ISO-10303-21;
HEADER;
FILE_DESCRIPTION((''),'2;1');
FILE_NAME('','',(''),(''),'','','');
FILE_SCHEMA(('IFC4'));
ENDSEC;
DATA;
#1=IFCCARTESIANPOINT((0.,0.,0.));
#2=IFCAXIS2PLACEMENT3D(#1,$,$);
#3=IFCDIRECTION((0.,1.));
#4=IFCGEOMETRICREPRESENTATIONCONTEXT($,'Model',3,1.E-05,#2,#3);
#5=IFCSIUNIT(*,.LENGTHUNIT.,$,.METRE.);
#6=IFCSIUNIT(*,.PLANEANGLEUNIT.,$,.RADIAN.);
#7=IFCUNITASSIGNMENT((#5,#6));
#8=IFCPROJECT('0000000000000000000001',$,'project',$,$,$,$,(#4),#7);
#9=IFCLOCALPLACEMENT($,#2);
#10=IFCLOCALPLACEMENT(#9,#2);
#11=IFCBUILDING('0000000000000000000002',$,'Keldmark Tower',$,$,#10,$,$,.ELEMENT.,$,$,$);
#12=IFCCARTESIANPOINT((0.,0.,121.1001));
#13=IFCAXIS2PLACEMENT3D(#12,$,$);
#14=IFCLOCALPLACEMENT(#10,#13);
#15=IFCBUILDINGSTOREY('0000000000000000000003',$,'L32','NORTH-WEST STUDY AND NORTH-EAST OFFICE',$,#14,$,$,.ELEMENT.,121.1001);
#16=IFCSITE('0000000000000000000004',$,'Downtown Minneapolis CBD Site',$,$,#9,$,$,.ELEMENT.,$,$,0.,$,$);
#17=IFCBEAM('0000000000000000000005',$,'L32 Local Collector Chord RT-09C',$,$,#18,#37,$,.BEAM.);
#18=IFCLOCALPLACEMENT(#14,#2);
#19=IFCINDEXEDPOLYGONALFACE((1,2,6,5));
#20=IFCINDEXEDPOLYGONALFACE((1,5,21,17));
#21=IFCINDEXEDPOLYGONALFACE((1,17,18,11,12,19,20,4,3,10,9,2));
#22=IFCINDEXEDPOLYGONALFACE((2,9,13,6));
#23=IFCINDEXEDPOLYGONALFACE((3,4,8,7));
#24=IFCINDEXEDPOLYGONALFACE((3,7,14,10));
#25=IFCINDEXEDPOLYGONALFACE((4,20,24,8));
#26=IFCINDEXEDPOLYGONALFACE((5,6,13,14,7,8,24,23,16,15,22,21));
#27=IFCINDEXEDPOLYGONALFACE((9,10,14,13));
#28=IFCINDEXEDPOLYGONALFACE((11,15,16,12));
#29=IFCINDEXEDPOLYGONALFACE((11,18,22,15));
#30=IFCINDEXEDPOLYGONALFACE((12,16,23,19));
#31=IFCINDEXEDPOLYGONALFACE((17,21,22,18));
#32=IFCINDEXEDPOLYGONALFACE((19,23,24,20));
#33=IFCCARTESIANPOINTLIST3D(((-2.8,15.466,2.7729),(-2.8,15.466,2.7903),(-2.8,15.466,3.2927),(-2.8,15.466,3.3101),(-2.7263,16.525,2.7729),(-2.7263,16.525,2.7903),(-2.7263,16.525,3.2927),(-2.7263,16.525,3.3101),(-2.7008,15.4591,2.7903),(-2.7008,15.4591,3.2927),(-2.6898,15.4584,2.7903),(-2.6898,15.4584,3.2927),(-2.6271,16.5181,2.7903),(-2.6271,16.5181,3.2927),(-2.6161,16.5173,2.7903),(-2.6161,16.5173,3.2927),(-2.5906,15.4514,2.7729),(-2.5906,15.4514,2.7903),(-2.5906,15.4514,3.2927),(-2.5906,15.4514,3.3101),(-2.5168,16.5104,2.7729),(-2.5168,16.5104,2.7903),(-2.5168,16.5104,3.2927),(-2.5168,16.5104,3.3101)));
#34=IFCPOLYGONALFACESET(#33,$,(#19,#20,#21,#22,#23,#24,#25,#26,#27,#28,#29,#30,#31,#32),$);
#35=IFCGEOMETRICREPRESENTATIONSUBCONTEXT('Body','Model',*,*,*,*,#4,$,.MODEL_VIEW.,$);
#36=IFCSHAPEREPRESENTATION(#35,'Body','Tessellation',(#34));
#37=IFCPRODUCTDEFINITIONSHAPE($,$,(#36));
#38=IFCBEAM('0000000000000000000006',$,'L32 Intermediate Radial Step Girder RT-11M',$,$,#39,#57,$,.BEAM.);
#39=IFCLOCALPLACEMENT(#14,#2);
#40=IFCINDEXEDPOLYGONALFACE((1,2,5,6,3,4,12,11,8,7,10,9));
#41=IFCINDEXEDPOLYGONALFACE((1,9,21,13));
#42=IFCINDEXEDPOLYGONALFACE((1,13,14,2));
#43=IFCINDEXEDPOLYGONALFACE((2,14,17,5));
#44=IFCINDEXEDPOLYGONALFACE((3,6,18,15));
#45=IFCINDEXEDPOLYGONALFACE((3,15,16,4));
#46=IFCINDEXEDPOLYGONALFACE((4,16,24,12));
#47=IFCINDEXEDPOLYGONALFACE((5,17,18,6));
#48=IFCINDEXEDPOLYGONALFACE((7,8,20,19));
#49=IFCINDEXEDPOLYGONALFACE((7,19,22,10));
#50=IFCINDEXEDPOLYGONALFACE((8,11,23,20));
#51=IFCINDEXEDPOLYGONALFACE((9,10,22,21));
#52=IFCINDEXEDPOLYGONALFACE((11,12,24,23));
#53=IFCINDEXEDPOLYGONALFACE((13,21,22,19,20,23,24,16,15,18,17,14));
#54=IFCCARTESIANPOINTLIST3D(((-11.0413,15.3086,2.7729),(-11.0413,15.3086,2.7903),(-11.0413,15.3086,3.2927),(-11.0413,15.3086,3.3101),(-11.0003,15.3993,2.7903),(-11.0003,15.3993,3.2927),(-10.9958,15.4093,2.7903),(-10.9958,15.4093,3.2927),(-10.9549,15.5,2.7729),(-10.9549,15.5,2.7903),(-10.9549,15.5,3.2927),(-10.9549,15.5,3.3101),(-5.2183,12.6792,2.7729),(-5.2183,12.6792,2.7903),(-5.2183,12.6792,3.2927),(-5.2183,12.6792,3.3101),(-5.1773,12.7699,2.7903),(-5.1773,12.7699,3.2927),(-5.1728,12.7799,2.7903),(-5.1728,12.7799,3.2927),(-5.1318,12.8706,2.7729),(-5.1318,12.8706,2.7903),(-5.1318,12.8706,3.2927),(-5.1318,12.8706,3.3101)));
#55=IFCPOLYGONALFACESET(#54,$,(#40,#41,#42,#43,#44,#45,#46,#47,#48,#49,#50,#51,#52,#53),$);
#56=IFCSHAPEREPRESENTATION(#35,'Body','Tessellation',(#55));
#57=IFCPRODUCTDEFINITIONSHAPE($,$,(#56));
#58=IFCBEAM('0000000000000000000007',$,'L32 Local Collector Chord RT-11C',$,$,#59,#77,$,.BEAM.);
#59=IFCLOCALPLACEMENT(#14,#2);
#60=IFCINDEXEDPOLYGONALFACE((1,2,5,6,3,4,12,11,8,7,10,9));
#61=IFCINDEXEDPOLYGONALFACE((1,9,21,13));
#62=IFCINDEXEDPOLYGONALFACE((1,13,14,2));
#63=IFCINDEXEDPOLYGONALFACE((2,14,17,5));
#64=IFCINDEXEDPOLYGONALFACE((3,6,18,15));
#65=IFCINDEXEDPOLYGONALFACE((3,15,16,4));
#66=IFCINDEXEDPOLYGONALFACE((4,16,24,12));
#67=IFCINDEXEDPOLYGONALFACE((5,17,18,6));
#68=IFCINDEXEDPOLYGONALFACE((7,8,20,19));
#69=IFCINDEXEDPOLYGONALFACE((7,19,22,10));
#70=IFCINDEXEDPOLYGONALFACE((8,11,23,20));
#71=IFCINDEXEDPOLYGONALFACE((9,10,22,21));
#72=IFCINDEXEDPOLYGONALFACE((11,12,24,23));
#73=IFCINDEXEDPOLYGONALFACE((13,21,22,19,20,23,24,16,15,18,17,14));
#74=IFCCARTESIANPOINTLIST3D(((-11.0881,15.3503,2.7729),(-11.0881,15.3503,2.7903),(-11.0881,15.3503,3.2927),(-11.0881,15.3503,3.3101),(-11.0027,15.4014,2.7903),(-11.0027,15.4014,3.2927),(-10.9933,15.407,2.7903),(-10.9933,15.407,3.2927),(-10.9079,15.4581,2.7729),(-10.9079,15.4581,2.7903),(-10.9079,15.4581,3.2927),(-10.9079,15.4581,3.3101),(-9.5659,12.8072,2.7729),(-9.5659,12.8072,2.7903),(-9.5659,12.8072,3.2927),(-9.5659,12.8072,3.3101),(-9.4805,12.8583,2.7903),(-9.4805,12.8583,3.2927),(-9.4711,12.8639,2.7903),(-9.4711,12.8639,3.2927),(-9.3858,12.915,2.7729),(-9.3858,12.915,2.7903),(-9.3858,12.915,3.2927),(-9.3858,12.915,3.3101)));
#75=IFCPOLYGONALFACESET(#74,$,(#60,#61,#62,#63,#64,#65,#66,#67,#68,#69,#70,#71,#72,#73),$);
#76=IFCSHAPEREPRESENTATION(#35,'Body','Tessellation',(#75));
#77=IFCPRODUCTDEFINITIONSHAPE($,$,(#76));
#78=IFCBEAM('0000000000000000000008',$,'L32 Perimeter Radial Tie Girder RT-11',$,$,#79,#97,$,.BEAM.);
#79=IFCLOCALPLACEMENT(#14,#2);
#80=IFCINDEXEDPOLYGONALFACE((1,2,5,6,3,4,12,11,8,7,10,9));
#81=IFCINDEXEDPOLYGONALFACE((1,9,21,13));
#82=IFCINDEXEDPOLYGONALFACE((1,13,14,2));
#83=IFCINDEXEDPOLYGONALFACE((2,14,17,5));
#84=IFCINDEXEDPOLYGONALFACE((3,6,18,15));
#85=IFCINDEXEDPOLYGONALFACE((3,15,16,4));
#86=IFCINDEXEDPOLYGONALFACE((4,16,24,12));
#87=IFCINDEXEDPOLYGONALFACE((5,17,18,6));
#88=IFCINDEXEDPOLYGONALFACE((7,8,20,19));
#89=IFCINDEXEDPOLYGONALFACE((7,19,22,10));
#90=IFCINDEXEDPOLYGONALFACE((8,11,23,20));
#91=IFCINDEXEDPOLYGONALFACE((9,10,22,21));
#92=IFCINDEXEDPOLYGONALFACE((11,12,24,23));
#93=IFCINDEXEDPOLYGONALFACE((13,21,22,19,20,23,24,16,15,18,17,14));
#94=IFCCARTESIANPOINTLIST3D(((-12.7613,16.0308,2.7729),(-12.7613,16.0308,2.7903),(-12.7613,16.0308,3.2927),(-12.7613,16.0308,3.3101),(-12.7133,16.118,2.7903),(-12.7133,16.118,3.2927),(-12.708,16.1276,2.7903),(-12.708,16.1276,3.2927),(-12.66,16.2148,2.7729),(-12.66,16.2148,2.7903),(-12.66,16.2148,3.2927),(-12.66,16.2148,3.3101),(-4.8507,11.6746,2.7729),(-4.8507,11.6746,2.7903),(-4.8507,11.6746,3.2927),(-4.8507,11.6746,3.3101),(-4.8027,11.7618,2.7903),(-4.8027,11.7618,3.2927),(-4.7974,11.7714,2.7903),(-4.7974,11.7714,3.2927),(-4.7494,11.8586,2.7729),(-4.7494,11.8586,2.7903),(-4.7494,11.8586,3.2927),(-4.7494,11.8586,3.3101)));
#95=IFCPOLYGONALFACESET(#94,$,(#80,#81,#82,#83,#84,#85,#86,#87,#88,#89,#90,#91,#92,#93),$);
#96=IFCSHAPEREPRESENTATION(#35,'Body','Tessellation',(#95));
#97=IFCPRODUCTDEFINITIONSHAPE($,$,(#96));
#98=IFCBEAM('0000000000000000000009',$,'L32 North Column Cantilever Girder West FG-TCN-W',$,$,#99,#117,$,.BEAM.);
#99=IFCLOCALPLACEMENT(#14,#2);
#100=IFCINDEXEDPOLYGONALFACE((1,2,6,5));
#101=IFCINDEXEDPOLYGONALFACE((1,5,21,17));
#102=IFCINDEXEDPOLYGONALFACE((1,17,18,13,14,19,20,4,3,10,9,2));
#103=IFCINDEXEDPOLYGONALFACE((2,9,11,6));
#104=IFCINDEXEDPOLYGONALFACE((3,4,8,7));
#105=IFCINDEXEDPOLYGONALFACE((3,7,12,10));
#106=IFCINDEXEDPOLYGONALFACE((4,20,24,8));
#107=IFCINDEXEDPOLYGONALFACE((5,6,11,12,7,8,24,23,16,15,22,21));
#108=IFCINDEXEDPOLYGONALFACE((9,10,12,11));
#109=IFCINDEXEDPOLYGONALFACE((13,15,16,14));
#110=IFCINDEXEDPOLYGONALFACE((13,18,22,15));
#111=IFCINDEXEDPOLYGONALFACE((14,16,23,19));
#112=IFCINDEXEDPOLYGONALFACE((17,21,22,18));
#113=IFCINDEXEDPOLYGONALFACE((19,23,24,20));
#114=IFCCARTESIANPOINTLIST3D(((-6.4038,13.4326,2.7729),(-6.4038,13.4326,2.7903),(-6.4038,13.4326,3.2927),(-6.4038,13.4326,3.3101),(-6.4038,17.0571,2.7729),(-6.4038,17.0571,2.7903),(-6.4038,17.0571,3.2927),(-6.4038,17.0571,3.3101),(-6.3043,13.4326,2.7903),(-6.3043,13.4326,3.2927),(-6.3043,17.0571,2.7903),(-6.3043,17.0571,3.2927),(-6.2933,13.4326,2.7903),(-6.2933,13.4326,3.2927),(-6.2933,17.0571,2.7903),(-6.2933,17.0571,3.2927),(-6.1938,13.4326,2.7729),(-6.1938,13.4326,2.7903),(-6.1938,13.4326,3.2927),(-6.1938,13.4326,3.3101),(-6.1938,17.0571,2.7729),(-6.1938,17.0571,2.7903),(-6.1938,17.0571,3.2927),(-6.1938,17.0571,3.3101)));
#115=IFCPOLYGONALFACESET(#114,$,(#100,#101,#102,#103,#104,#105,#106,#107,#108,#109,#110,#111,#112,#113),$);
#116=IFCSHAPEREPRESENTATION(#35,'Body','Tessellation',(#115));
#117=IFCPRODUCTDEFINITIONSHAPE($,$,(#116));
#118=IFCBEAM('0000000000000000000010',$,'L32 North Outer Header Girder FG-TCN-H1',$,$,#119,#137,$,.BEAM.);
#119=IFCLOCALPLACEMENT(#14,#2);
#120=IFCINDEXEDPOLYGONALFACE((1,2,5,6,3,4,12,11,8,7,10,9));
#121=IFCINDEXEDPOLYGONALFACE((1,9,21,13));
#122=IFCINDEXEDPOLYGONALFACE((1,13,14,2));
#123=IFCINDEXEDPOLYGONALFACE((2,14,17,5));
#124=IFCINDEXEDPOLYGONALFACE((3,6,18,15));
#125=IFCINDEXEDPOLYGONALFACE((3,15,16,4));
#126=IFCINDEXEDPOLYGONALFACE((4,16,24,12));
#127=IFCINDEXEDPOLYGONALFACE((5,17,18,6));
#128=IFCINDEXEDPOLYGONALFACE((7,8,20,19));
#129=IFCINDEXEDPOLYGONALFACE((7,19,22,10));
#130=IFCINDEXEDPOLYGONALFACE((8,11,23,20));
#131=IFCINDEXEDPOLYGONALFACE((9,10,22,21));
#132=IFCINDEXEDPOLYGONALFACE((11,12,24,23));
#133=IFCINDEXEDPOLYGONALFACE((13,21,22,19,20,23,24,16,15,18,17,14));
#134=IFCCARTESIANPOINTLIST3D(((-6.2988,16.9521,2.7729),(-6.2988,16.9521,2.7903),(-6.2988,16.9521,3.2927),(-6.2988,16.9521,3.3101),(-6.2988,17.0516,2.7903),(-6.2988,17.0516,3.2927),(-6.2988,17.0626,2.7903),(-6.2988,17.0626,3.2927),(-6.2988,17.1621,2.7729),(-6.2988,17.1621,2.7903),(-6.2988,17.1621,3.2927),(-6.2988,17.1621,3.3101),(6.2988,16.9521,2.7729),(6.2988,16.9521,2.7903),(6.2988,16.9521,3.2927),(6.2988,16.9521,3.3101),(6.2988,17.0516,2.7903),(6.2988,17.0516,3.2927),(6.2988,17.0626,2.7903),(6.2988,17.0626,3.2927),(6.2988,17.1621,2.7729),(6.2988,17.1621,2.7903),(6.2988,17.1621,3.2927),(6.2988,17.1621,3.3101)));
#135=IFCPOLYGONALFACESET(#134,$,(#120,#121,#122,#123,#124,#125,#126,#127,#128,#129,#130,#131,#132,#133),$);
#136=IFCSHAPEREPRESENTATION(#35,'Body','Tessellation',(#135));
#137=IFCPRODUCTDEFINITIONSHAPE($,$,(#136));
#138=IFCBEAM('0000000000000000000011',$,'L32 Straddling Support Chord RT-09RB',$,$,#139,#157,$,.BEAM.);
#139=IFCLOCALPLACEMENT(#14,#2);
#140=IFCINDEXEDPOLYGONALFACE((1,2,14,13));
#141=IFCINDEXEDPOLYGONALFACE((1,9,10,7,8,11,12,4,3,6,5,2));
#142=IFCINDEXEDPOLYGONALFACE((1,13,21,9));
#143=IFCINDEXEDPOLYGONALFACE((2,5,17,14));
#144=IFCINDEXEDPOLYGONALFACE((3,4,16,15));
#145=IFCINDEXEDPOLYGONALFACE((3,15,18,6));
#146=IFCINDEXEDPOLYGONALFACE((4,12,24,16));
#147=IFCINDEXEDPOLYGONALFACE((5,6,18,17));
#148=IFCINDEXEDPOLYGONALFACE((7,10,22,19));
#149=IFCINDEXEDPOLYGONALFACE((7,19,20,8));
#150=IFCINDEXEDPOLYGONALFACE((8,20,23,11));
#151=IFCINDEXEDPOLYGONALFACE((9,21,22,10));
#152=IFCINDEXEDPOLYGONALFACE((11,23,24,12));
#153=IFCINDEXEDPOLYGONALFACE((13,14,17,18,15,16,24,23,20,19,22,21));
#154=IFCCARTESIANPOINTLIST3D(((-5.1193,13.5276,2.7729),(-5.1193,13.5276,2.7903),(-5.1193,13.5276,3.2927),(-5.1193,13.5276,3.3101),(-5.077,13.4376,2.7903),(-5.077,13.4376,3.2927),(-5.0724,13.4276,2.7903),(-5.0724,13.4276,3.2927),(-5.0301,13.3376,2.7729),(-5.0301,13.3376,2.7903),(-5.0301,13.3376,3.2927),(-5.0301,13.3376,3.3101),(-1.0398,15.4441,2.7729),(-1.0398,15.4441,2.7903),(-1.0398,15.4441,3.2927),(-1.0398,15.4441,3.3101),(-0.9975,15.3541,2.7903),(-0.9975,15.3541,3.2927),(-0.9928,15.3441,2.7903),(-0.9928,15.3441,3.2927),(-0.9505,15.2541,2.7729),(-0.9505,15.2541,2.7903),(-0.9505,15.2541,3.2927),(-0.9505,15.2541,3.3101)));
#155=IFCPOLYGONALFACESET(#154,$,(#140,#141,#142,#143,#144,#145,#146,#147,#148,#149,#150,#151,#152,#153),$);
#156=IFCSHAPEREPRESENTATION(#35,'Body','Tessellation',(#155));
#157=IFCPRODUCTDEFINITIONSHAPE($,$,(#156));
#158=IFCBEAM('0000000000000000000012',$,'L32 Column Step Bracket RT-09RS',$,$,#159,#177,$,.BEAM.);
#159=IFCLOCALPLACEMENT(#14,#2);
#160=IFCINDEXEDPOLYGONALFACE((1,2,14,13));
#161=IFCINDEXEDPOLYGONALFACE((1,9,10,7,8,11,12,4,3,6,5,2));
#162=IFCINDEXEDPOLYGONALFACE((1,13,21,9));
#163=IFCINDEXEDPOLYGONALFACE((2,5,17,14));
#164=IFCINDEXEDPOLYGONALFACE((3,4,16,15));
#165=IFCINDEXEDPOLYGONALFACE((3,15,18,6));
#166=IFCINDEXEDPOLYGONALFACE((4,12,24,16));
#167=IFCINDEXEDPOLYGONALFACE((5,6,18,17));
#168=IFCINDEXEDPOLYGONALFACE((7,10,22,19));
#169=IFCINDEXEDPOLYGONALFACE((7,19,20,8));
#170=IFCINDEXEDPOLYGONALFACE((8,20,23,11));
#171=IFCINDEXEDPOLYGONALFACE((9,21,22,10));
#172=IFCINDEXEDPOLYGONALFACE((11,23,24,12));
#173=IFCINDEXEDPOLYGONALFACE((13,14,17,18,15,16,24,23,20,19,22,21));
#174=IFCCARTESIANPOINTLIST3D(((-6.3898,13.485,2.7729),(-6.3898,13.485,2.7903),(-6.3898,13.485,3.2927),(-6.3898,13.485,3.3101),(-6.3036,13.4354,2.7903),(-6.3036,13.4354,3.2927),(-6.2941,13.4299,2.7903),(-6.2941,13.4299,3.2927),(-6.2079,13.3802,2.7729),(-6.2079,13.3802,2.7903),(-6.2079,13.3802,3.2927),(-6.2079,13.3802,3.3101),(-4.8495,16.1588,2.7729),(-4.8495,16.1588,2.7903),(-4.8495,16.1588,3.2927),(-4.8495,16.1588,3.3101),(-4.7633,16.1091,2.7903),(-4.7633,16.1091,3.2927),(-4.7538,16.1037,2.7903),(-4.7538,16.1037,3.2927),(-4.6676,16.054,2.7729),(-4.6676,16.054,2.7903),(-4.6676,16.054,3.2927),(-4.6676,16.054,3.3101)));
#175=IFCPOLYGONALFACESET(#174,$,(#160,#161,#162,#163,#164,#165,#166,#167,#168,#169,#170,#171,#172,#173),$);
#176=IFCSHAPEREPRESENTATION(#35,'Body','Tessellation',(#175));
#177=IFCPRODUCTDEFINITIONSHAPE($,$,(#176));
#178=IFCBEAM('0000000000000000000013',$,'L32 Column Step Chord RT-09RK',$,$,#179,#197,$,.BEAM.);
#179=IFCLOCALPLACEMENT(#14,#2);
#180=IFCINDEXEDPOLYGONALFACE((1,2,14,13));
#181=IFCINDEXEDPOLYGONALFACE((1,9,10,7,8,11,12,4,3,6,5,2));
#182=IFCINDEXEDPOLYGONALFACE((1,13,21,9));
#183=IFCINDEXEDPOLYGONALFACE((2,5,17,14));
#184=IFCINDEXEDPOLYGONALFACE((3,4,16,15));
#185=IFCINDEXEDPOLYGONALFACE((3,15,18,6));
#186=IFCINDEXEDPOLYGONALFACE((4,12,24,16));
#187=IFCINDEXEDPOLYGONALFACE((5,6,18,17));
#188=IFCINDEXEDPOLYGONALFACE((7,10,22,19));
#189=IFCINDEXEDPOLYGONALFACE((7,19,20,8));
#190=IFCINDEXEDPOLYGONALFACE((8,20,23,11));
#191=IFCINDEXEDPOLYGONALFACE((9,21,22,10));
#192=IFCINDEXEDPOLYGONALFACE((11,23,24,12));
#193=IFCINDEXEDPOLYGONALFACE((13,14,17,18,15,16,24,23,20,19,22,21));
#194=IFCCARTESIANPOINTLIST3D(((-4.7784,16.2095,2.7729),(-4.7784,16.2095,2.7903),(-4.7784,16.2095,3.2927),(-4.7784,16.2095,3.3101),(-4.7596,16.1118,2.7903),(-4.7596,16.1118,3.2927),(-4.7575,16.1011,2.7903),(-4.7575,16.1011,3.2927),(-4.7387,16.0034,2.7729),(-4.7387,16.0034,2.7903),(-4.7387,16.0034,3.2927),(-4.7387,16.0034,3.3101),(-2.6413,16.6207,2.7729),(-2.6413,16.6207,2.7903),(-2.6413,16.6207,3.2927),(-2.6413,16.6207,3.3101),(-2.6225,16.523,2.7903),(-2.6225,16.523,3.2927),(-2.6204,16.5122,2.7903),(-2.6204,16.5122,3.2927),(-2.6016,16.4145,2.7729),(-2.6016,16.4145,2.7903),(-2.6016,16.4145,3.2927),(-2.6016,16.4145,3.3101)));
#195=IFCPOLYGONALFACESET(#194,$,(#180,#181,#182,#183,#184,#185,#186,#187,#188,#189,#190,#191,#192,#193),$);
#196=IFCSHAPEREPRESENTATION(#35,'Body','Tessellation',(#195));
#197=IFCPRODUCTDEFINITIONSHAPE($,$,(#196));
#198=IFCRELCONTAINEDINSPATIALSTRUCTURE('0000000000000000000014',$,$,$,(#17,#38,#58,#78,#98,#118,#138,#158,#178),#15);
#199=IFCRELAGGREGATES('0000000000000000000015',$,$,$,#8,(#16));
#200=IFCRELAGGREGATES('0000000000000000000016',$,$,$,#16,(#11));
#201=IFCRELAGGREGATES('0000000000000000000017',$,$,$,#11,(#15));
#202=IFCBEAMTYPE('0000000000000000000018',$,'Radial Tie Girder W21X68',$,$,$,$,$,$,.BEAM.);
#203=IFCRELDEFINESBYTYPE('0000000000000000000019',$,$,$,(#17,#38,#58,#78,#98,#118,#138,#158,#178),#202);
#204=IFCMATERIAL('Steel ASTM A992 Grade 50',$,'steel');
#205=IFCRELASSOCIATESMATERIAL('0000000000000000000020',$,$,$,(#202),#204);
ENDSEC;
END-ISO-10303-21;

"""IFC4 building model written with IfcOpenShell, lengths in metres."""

from ifc_helpers import new_model, si_unit, direction, frame, origin, origin_2d, place, context, subcontext, project, spatial, i_section, extrude, material, material_profile, profile_set, type_object, element, save


model = new_model("IFC4")

# Units and contexts
model_context = context("Model", 3, precision=1e-05, world=origin(), true_north=direction((0.0, 1.0)))
body_context = subcontext(model_context, "Body", "Model", "MODEL_VIEW")
ifc_project = project(units=[si_unit("LENGTHUNIT", "METRE"), si_unit("PLANEANGLEUNIT", "RADIAN")], contexts=[model_context])

# Site, building, storey
site_placement = place(None, origin())
site = spatial("IfcSite", under=ifc_project, at=site_placement, Name="Downtown Minneapolis CBD Site", CompositionType="ELEMENT", RefElevation=0.0)
building_placement = place(site_placement, origin())
building = spatial("IfcBuilding", under=site, at=building_placement, Name="Keldmark Tower", CompositionType="ELEMENT")
storey_placement = place(building_placement, frame((0.0, 0.0, 121.1001)))
storey = spatial("IfcBuildingStorey", under=building, at=storey_placement, Name="L32", Description="NORTH-WEST STUDY AND NORTH-EAST OFFICE", CompositionType="ELEMENT", Elevation=121.1001)

# Beams
ifc_material_1 = material(Name="Steel ASTM A992 Grade 50", Category="steel")
ifc_material_profile_1 = material_profile(ifc_material_1, i_section(OverallWidth=0.21, OverallDepth=0.5371, WebThickness=0.011, FlangeThickness=0.0173, at=origin_2d()), Name="W21X68")
ifc_profile_set_1 = profile_set([ifc_material_profile_1], Name="Steel ASTM A992 Grade 50")
beam_type_1 = type_object("IfcBeamType", Name="Radial Tie Girder W21X68", PredefinedType="BEAM", material=ifc_profile_set_1)
beam_1_placement = place(storey_placement, frame((-2.6953, 15.4587, 3.0415), z_axis=(0.069465, 0.997584, 0.0), x_axis=(-0.997584, 0.069465, 0.0)))
element("IfcBeam", 1, at=beam_1_placement, inside=storey, type_object=beam_type_1, Name="L32 Local Collector Chord RT-09C", PredefinedType="BEAM", context=body_context, shape_type="SweptSolid", body=[
    extrude(i_section(OverallWidth=0.21, OverallDepth=0.5371, WebThickness=0.011, FlangeThickness=0.0173, at=origin_2d()), origin(), (0.0, 0.0, 1.0), 1.0615),
])
beam_2_placement = place(storey_placement, frame((-5.175, 12.7749, 3.0415), z_axis=(-0.911391, 0.411542, 0.0), x_axis=(-0.411542, -0.911391, 0.0)))
element("IfcBeam", 2, at=beam_2_placement, inside=storey, type_object=beam_type_1, Name="L32 Intermediate Radial Step Girder RT-11M", PredefinedType="BEAM", context=body_context, shape_type="SweptSolid", body=[
    extrude(i_section(OverallWidth=0.21, OverallDepth=0.5371, WebThickness=0.011, FlangeThickness=0.0173, at=origin_2d()), origin(), (0.0, 0.0, 1.0), 6.3892),
])
beam_3_placement = place(storey_placement, frame((-9.4758, 12.8611, 3.0415), z_axis=(-0.513575, 0.858045, 0.0), x_axis=(-0.858045, -0.513575, 0.0)))
element("IfcBeam", 3, at=beam_3_placement, inside=storey, type_object=beam_type_1, Name="L32 Local Collector Chord RT-11C", PredefinedType="BEAM", context=body_context, shape_type="SweptSolid", body=[
    extrude(i_section(OverallWidth=0.21, OverallDepth=0.5371, WebThickness=0.011, FlangeThickness=0.0173, at=origin_2d()), origin(), (0.0, 0.0, 1.0), 2.9639),
])
beam_4_placement = place(storey_placement, frame((-4.8, 11.7666, 3.0415), z_axis=(-0.875966, 0.482373, 0.0), x_axis=(-0.482373, -0.875966, 0.0)))
element("IfcBeam", 4, at=beam_4_placement, inside=storey, type_object=beam_type_1, Name="L32 Perimeter Radial Tie Girder RT-11", PredefinedType="BEAM", context=body_context, shape_type="SweptSolid", body=[
    extrude(i_section(OverallWidth=0.21, OverallDepth=0.5371, WebThickness=0.011, FlangeThickness=0.0173, at=origin_2d()), origin(), (0.0, 0.0, 1.0), 9.0308),
])
beam_5_placement = place(storey_placement, frame((-6.2988, 13.4326, 3.0415), z_axis=(0.0, 1.0, 0.0), x_axis=(-1.0, 0.0, 0.0)))
element("IfcBeam", 5, at=beam_5_placement, inside=storey, type_object=beam_type_1, Name="L32 North Column Cantilever Girder West FG-TCN-W", PredefinedType="BEAM", context=body_context, shape_type="SweptSolid", body=[
    extrude(i_section(OverallWidth=0.21, OverallDepth=0.5371, WebThickness=0.011, FlangeThickness=0.0173, at=origin_2d()), origin(), (0.0, 0.0, 1.0), 3.6245),
])
beam_6_placement = place(storey_placement, frame((-6.2988, 17.0571, 3.0415), z_axis=(1.0, 0.0, 0.0), x_axis=(0.0, 1.0, 0.0)))
element("IfcBeam", 6, at=beam_6_placement, inside=storey, type_object=beam_type_1, Name="L32 North Outer Header Girder FG-TCN-H1", PredefinedType="BEAM", context=body_context, shape_type="SweptSolid", body=[
    extrude(i_section(OverallWidth=0.21, OverallDepth=0.5371, WebThickness=0.011, FlangeThickness=0.0173, at=origin_2d()), origin(), (0.0, 0.0, 1.0), 12.5977),
])
beam_7_placement = place(storey_placement, frame((-0.9951, 15.3491, 3.0415), z_axis=(-0.905101, -0.425197, 0.0), x_axis=(0.425197, -0.905101, 0.0)))
element("IfcBeam", 7, at=beam_7_placement, inside=storey, type_object=beam_type_1, Name="L32 Straddling Support Chord RT-09RB", PredefinedType="BEAM", context=body_context, shape_type="SweptSolid", body=[
    extrude(i_section(OverallWidth=0.21, OverallDepth=0.5371, WebThickness=0.011, FlangeThickness=0.0173, at=origin_2d()), origin(), (0.0, 0.0, 1.0), 4.5073),
])
beam_8_placement = place(storey_placement, frame((-6.2988, 13.4326, 3.0415), z_axis=(0.499161, 0.866509, 0.0), x_axis=(-0.866509, 0.499161, 0.0)))
element("IfcBeam", 8, at=beam_8_placement, inside=storey, type_object=beam_type_1, Name="L32 Column Step Bracket RT-09RS", PredefinedType="BEAM", context=body_context, shape_type="SweptSolid", body=[
    extrude(i_section(OverallWidth=0.21, OverallDepth=0.5371, WebThickness=0.011, FlangeThickness=0.0173, at=origin_2d()), origin(), (0.0, 0.0, 1.0), 3.0857),
])
beam_9_placement = place(storey_placement, frame((-4.7585, 16.1064, 3.0415), z_axis=(0.981991, 0.188926, 0.0), x_axis=(-0.188926, 0.981991, 0.0)))
element("IfcBeam", 9, at=beam_9_placement, inside=storey, type_object=beam_type_1, Name="L32 Column Step Chord RT-09RK", PredefinedType="BEAM", context=body_context, shape_type="SweptSolid", body=[
    extrude(i_section(OverallWidth=0.21, OverallDepth=0.5371, WebThickness=0.011, FlangeThickness=0.0173, at=origin_2d()), origin(), (0.0, 0.0, 1.0), 2.1763),
])

save(model, "model.ifc")
